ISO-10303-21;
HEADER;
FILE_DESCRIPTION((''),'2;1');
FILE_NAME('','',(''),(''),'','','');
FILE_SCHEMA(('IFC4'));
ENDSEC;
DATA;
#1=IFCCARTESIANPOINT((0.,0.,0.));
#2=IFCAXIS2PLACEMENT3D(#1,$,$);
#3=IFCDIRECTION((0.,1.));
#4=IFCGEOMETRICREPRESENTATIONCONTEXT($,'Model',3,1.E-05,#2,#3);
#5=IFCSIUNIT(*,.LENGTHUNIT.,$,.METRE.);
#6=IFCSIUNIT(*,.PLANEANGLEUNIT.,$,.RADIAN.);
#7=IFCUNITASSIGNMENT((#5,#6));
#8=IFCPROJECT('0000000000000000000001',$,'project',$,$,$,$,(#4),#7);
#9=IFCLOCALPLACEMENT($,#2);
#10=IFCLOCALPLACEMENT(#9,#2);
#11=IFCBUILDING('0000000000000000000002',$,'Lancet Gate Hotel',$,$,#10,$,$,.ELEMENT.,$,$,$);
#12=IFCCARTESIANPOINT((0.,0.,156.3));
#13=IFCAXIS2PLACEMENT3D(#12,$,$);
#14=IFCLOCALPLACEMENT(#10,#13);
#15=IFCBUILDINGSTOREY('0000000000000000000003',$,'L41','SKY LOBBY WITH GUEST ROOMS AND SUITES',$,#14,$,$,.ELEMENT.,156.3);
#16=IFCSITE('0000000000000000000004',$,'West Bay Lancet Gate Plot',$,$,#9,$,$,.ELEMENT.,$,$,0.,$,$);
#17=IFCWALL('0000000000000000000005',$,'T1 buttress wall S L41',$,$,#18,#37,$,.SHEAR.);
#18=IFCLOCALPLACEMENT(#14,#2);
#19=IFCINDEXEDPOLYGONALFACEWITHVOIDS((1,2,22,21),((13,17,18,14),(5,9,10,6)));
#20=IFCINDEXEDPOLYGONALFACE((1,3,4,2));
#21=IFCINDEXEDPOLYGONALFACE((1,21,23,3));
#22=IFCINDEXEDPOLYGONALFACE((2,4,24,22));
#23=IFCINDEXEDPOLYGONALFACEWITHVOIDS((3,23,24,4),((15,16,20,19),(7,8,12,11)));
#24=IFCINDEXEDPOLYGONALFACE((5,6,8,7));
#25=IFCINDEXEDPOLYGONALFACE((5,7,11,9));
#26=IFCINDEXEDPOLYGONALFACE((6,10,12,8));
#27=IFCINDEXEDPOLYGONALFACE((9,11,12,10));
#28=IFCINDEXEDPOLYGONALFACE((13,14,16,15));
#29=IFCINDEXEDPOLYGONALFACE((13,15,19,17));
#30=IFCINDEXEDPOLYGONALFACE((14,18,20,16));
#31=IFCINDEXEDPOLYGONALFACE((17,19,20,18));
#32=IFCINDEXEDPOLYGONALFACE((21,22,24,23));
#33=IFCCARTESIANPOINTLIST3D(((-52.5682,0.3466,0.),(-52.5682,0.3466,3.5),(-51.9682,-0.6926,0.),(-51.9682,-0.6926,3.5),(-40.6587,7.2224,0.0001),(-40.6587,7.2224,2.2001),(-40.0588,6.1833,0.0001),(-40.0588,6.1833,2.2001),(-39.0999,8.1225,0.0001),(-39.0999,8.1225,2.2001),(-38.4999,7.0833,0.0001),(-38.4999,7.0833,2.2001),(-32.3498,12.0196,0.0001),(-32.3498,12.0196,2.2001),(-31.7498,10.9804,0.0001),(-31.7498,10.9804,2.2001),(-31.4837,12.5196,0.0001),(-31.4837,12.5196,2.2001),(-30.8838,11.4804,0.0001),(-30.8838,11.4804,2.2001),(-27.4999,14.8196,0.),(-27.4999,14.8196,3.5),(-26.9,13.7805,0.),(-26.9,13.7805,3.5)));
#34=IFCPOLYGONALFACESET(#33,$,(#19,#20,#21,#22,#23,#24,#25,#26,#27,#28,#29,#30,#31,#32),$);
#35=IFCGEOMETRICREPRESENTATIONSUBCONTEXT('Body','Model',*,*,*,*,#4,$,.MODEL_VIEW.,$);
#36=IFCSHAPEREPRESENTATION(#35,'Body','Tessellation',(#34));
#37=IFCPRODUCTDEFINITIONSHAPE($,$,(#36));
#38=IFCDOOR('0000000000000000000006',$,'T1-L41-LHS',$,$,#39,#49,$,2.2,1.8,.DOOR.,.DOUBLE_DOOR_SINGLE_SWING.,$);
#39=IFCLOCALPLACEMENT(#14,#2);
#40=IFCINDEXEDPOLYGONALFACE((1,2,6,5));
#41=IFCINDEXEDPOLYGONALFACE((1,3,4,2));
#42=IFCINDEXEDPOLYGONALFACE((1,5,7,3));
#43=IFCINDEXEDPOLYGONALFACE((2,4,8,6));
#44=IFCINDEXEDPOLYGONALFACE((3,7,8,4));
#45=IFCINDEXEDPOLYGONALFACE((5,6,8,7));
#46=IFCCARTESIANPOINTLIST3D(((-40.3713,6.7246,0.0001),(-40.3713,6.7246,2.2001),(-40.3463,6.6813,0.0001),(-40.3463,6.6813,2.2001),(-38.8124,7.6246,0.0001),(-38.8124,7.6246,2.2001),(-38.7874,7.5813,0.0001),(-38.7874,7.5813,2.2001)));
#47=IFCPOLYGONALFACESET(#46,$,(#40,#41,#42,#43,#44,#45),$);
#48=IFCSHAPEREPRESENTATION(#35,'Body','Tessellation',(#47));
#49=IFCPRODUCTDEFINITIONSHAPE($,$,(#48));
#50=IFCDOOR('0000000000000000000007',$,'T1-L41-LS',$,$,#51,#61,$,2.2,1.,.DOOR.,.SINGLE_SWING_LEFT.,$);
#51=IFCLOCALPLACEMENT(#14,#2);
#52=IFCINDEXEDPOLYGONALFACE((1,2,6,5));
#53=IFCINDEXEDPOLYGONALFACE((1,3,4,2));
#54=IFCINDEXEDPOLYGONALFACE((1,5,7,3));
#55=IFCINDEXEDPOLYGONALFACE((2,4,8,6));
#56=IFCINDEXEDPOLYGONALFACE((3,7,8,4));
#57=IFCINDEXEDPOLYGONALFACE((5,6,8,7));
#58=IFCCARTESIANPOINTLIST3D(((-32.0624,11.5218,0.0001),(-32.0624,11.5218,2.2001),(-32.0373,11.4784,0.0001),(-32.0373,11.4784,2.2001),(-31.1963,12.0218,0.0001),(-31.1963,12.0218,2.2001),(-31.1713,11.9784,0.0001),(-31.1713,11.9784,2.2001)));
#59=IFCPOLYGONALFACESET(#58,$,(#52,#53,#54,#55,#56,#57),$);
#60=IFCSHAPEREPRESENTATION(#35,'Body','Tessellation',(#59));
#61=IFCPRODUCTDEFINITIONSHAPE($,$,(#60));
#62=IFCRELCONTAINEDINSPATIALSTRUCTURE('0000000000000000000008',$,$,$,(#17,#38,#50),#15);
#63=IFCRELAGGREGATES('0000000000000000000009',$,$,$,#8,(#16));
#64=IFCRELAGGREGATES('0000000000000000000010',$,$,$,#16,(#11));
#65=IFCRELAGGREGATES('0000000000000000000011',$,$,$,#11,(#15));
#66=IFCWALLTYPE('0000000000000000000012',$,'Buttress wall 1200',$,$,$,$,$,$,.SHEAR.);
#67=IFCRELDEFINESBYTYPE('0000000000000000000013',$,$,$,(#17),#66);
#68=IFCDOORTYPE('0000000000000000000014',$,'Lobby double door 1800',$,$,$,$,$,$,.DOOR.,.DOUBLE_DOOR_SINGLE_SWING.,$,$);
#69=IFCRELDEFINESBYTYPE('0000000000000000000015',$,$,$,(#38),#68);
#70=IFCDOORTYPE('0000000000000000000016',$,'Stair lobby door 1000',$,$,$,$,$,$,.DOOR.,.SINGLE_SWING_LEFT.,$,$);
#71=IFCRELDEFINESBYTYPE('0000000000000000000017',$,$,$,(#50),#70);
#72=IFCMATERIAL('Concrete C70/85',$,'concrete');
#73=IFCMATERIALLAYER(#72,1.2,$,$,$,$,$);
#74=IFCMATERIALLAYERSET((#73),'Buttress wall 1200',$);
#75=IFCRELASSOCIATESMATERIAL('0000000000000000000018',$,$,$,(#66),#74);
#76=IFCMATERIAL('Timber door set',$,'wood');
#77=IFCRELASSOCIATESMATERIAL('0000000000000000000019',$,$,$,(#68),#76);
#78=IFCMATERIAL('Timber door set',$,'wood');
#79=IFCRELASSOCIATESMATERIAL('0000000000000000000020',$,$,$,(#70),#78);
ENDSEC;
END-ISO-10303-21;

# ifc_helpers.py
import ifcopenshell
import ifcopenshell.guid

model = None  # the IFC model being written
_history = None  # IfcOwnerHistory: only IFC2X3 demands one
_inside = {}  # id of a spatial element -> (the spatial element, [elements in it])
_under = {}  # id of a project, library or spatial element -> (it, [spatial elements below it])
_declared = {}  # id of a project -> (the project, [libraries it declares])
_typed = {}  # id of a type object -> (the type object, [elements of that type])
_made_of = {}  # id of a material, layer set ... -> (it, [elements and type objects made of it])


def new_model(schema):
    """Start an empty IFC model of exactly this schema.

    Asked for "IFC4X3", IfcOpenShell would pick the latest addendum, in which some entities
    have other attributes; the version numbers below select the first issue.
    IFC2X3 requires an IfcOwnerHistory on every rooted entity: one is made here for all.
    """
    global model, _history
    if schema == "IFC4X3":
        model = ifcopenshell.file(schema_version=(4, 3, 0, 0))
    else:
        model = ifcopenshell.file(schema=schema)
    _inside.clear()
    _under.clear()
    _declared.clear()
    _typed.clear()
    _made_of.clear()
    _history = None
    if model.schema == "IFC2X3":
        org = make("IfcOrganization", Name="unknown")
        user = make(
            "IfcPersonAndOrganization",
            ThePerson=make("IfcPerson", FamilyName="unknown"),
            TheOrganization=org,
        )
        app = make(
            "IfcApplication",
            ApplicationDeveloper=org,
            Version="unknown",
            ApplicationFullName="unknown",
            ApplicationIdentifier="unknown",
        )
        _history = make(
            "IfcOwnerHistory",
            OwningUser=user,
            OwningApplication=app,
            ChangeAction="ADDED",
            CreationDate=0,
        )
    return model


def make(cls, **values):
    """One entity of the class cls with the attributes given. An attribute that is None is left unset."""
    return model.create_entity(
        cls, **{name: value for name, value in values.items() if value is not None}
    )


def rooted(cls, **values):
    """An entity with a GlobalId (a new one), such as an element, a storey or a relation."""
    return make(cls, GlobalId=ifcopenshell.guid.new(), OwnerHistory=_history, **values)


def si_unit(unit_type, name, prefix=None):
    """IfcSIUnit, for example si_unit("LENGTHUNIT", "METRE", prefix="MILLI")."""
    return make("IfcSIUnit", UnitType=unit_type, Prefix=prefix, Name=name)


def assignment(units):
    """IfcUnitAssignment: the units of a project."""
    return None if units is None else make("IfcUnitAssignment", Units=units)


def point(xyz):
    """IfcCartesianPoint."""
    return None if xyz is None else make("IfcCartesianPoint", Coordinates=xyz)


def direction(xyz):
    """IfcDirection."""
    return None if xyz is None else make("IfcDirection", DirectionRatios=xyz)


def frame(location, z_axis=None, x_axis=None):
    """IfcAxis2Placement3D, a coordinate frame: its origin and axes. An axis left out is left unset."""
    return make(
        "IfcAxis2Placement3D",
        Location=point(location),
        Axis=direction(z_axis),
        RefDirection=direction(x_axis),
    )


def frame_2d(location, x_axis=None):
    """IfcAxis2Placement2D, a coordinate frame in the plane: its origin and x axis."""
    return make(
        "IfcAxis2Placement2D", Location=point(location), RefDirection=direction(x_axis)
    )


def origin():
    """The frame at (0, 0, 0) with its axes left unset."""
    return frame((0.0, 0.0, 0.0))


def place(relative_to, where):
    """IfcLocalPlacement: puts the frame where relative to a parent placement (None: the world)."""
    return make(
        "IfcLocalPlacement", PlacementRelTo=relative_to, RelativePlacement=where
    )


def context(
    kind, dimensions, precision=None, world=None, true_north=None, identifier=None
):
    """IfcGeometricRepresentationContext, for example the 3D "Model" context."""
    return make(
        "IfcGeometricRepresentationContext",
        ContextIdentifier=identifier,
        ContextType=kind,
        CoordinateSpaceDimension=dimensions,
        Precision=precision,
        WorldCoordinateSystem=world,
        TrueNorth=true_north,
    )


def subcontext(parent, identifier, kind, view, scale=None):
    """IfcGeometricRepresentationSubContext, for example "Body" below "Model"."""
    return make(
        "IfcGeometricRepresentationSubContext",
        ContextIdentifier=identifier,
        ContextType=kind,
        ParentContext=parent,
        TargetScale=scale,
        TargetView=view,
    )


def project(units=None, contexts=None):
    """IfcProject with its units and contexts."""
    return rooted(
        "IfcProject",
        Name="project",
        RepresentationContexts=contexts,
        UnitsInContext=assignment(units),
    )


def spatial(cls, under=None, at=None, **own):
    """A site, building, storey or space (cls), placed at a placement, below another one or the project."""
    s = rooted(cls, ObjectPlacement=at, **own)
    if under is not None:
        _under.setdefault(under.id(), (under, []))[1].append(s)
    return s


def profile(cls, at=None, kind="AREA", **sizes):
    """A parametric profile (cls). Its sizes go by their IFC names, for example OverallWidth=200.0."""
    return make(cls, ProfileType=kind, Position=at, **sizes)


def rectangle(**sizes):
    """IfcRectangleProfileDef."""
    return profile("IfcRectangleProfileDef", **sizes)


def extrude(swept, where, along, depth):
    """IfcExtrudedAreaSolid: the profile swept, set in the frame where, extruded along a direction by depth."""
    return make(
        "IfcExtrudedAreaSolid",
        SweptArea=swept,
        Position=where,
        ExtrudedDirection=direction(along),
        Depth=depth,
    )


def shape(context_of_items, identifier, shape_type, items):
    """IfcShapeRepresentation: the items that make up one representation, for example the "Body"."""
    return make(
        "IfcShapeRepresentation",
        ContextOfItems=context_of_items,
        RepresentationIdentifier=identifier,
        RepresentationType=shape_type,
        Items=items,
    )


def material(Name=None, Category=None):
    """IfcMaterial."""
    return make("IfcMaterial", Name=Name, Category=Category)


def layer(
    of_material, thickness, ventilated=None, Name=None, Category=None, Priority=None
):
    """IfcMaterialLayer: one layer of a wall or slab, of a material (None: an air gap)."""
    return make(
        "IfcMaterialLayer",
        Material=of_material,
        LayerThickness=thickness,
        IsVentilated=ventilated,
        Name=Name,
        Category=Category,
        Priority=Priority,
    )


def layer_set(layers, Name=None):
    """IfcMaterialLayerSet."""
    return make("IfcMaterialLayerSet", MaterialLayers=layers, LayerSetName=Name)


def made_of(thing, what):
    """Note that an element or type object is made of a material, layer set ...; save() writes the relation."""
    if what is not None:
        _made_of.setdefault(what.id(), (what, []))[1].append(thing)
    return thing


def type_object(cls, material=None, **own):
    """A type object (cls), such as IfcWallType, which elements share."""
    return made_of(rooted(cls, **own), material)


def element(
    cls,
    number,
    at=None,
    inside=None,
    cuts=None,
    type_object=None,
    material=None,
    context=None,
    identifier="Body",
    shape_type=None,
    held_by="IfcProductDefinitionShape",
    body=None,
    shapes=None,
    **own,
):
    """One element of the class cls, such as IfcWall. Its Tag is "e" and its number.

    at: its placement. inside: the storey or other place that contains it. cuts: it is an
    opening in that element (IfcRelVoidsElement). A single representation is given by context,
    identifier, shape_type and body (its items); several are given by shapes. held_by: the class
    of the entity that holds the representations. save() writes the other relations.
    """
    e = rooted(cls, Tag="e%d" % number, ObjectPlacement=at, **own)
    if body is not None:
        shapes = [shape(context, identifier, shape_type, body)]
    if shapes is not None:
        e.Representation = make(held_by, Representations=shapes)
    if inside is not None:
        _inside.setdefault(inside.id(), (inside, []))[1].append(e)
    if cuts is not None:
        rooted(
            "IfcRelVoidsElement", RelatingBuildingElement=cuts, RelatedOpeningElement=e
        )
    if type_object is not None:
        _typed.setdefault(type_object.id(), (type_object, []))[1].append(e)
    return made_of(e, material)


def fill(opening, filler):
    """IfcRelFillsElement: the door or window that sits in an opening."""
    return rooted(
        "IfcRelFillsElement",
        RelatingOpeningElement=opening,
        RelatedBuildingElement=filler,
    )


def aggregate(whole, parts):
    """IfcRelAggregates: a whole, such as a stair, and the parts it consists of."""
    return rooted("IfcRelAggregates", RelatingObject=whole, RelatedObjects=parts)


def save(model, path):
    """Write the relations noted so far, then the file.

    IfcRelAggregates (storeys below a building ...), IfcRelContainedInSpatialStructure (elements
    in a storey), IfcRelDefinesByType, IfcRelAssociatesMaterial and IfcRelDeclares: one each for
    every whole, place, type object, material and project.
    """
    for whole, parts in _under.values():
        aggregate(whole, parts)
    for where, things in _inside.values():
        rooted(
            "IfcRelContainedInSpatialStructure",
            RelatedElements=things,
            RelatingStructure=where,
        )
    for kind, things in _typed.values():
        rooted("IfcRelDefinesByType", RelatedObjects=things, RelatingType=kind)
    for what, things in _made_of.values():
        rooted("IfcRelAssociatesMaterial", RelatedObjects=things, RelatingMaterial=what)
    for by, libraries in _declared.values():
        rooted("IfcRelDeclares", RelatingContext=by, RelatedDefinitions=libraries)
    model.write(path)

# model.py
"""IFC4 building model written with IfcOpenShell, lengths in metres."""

from ifc_helpers import new_model, si_unit, direction, frame, frame_2d, origin, place, context, subcontext, project, spatial, rectangle, extrude, material, layer, layer_set, type_object, element, fill, save


model = new_model("IFC4")

# Units and contexts
model_context = context("Model", 3, precision=1e-05, world=origin(), true_north=direction((0.0, 1.0)))
body_context = subcontext(model_context, "Body", "Model", "MODEL_VIEW")
ifc_project = project(units=[si_unit("LENGTHUNIT", "METRE"), si_unit("PLANEANGLEUNIT", "RADIAN")], contexts=[model_context])

# Site, building, storey
site_placement = place(None, origin())
site = spatial("IfcSite", under=ifc_project, at=site_placement, Name="West Bay Lancet Gate Plot", CompositionType="ELEMENT", RefElevation=0.0)
building_placement = place(site_placement, origin())
building = spatial("IfcBuilding", under=site, at=building_placement, Name="Lancet Gate Hotel", CompositionType="ELEMENT")
storey_placement = place(building_placement, frame((0.0, 0.0, 156.3)))
storey = spatial("IfcBuildingStorey", under=building, at=storey_placement, Name="L41", Description="SKY LOBBY WITH GUEST ROOMS AND SUITES", CompositionType="ELEMENT", Elevation=156.3)

# Wall, openings, doors
ifc_material_1 = material(Name="Concrete C70/85", Category="concrete")
ifc_layer_1 = layer(ifc_material_1, 1.2)
ifc_layer_set_1 = layer_set([ifc_layer_1], Name="Buttress wall 1200")
wall_type = type_object("IfcWallType", Name="Buttress wall 1200", PredefinedType="SHEAR", material=ifc_layer_set_1)
wall_placement = place(storey_placement, frame((-27.2, 14.3, 0.0), z_axis=(0.0, 0.0, 1.0), x_axis=(-0.866027, -0.499998, 0.0)))
wall = element("IfcWall", 1, at=wall_placement, inside=storey, type_object=wall_type, Name="T1 buttress wall S L41", PredefinedType="SHEAR", context=body_context, shape_type="SweptSolid", body=[
    extrude(rectangle(XDim=28.9463, YDim=1.2, at=frame_2d((14.4731, 0.0))), origin(), (0.0, 0.0, 1.0), 3.5),
])
opening_1_placement = place(wall_placement, frame((4.6001, 0.0, 0.0)))
opening_1 = element("IfcOpeningElement", 2, at=opening_1_placement, cuts=wall, PredefinedType="OPENING", context=body_context, shape_type="SweptSolid", body=[
    extrude(rectangle(XDim=1.0, YDim=2.2, at=frame_2d((0.5, 1.1001))), frame((0.0, 0.6099, 0.0), z_axis=(0.0, -1.0, 0.0), x_axis=(1.0, 0.0, 0.0)), (0.0, 0.0, 1.0), 1.22),
])
opening_2_placement = place(wall_placement, frame((13.3945, 0.0, 0.0)))
opening_2 = element("IfcOpeningElement", 3, at=opening_2_placement, cuts=wall, PredefinedType="OPENING", context=body_context, shape_type="SweptSolid", body=[
    extrude(rectangle(XDim=1.8, YDim=2.2, at=frame_2d((0.8999, 1.1001))), frame((0.0, 0.6099, 0.0), z_axis=(0.0, -1.0, 0.0), x_axis=(1.0, 0.0, 0.0)), (0.0, 0.0, 1.0), 1.22),
])
ifc_material_2 = material(Name="Timber door set", Category="wood")
door_type_1 = type_object("IfcDoorType", Name="Lobby double door 1800", OperationType="DOUBLE_DOOR_SINGLE_SWING", PredefinedType="DOOR", material=ifc_material_2)
door_1_placement = place(opening_2_placement, origin())
door_1 = element("IfcDoor", 4, at=door_1_placement, inside=storey, type_object=door_type_1, Name="T1-L41-LHS", OperationType="DOUBLE_DOOR_SINGLE_SWING", OverallHeight=2.2, OverallWidth=1.8, PredefinedType="DOOR", context=body_context, shape_type="SweptSolid", body=[
    extrude(rectangle(XDim=1.8, YDim=2.2, at=frame_2d((0.8999, 1.1001))), frame((0.0, 0.0249, 0.0), z_axis=(0.0, -1.0, 0.0), x_axis=(1.0, 0.0, 0.0)), (0.0, 0.0, 1.0), 0.05),
])
fill(opening_2, door_1)
ifc_material_3 = material(Name="Timber door set", Category="wood")
door_type_2 = type_object("IfcDoorType", Name="Stair lobby door 1000", OperationType="SINGLE_SWING_LEFT", PredefinedType="DOOR", material=ifc_material_3)
door_2_placement = place(opening_1_placement, origin())
door_2 = element("IfcDoor", 5, at=door_2_placement, inside=storey, type_object=door_type_2, Name="T1-L41-LS", OperationType="SINGLE_SWING_LEFT", OverallHeight=2.2, OverallWidth=1.0, PredefinedType="DOOR", context=body_context, shape_type="SweptSolid", body=[
    extrude(rectangle(XDim=1.0, YDim=2.2, at=frame_2d((0.5, 1.1001))), frame((0.0, 0.0249, 0.0), z_axis=(0.0, -1.0, 0.0), x_axis=(1.0, 0.0, 0.0)), (0.0, 0.0, 1.0), 0.05),
])
fill(opening_1, door_2)

save(model, "model.ifc")
